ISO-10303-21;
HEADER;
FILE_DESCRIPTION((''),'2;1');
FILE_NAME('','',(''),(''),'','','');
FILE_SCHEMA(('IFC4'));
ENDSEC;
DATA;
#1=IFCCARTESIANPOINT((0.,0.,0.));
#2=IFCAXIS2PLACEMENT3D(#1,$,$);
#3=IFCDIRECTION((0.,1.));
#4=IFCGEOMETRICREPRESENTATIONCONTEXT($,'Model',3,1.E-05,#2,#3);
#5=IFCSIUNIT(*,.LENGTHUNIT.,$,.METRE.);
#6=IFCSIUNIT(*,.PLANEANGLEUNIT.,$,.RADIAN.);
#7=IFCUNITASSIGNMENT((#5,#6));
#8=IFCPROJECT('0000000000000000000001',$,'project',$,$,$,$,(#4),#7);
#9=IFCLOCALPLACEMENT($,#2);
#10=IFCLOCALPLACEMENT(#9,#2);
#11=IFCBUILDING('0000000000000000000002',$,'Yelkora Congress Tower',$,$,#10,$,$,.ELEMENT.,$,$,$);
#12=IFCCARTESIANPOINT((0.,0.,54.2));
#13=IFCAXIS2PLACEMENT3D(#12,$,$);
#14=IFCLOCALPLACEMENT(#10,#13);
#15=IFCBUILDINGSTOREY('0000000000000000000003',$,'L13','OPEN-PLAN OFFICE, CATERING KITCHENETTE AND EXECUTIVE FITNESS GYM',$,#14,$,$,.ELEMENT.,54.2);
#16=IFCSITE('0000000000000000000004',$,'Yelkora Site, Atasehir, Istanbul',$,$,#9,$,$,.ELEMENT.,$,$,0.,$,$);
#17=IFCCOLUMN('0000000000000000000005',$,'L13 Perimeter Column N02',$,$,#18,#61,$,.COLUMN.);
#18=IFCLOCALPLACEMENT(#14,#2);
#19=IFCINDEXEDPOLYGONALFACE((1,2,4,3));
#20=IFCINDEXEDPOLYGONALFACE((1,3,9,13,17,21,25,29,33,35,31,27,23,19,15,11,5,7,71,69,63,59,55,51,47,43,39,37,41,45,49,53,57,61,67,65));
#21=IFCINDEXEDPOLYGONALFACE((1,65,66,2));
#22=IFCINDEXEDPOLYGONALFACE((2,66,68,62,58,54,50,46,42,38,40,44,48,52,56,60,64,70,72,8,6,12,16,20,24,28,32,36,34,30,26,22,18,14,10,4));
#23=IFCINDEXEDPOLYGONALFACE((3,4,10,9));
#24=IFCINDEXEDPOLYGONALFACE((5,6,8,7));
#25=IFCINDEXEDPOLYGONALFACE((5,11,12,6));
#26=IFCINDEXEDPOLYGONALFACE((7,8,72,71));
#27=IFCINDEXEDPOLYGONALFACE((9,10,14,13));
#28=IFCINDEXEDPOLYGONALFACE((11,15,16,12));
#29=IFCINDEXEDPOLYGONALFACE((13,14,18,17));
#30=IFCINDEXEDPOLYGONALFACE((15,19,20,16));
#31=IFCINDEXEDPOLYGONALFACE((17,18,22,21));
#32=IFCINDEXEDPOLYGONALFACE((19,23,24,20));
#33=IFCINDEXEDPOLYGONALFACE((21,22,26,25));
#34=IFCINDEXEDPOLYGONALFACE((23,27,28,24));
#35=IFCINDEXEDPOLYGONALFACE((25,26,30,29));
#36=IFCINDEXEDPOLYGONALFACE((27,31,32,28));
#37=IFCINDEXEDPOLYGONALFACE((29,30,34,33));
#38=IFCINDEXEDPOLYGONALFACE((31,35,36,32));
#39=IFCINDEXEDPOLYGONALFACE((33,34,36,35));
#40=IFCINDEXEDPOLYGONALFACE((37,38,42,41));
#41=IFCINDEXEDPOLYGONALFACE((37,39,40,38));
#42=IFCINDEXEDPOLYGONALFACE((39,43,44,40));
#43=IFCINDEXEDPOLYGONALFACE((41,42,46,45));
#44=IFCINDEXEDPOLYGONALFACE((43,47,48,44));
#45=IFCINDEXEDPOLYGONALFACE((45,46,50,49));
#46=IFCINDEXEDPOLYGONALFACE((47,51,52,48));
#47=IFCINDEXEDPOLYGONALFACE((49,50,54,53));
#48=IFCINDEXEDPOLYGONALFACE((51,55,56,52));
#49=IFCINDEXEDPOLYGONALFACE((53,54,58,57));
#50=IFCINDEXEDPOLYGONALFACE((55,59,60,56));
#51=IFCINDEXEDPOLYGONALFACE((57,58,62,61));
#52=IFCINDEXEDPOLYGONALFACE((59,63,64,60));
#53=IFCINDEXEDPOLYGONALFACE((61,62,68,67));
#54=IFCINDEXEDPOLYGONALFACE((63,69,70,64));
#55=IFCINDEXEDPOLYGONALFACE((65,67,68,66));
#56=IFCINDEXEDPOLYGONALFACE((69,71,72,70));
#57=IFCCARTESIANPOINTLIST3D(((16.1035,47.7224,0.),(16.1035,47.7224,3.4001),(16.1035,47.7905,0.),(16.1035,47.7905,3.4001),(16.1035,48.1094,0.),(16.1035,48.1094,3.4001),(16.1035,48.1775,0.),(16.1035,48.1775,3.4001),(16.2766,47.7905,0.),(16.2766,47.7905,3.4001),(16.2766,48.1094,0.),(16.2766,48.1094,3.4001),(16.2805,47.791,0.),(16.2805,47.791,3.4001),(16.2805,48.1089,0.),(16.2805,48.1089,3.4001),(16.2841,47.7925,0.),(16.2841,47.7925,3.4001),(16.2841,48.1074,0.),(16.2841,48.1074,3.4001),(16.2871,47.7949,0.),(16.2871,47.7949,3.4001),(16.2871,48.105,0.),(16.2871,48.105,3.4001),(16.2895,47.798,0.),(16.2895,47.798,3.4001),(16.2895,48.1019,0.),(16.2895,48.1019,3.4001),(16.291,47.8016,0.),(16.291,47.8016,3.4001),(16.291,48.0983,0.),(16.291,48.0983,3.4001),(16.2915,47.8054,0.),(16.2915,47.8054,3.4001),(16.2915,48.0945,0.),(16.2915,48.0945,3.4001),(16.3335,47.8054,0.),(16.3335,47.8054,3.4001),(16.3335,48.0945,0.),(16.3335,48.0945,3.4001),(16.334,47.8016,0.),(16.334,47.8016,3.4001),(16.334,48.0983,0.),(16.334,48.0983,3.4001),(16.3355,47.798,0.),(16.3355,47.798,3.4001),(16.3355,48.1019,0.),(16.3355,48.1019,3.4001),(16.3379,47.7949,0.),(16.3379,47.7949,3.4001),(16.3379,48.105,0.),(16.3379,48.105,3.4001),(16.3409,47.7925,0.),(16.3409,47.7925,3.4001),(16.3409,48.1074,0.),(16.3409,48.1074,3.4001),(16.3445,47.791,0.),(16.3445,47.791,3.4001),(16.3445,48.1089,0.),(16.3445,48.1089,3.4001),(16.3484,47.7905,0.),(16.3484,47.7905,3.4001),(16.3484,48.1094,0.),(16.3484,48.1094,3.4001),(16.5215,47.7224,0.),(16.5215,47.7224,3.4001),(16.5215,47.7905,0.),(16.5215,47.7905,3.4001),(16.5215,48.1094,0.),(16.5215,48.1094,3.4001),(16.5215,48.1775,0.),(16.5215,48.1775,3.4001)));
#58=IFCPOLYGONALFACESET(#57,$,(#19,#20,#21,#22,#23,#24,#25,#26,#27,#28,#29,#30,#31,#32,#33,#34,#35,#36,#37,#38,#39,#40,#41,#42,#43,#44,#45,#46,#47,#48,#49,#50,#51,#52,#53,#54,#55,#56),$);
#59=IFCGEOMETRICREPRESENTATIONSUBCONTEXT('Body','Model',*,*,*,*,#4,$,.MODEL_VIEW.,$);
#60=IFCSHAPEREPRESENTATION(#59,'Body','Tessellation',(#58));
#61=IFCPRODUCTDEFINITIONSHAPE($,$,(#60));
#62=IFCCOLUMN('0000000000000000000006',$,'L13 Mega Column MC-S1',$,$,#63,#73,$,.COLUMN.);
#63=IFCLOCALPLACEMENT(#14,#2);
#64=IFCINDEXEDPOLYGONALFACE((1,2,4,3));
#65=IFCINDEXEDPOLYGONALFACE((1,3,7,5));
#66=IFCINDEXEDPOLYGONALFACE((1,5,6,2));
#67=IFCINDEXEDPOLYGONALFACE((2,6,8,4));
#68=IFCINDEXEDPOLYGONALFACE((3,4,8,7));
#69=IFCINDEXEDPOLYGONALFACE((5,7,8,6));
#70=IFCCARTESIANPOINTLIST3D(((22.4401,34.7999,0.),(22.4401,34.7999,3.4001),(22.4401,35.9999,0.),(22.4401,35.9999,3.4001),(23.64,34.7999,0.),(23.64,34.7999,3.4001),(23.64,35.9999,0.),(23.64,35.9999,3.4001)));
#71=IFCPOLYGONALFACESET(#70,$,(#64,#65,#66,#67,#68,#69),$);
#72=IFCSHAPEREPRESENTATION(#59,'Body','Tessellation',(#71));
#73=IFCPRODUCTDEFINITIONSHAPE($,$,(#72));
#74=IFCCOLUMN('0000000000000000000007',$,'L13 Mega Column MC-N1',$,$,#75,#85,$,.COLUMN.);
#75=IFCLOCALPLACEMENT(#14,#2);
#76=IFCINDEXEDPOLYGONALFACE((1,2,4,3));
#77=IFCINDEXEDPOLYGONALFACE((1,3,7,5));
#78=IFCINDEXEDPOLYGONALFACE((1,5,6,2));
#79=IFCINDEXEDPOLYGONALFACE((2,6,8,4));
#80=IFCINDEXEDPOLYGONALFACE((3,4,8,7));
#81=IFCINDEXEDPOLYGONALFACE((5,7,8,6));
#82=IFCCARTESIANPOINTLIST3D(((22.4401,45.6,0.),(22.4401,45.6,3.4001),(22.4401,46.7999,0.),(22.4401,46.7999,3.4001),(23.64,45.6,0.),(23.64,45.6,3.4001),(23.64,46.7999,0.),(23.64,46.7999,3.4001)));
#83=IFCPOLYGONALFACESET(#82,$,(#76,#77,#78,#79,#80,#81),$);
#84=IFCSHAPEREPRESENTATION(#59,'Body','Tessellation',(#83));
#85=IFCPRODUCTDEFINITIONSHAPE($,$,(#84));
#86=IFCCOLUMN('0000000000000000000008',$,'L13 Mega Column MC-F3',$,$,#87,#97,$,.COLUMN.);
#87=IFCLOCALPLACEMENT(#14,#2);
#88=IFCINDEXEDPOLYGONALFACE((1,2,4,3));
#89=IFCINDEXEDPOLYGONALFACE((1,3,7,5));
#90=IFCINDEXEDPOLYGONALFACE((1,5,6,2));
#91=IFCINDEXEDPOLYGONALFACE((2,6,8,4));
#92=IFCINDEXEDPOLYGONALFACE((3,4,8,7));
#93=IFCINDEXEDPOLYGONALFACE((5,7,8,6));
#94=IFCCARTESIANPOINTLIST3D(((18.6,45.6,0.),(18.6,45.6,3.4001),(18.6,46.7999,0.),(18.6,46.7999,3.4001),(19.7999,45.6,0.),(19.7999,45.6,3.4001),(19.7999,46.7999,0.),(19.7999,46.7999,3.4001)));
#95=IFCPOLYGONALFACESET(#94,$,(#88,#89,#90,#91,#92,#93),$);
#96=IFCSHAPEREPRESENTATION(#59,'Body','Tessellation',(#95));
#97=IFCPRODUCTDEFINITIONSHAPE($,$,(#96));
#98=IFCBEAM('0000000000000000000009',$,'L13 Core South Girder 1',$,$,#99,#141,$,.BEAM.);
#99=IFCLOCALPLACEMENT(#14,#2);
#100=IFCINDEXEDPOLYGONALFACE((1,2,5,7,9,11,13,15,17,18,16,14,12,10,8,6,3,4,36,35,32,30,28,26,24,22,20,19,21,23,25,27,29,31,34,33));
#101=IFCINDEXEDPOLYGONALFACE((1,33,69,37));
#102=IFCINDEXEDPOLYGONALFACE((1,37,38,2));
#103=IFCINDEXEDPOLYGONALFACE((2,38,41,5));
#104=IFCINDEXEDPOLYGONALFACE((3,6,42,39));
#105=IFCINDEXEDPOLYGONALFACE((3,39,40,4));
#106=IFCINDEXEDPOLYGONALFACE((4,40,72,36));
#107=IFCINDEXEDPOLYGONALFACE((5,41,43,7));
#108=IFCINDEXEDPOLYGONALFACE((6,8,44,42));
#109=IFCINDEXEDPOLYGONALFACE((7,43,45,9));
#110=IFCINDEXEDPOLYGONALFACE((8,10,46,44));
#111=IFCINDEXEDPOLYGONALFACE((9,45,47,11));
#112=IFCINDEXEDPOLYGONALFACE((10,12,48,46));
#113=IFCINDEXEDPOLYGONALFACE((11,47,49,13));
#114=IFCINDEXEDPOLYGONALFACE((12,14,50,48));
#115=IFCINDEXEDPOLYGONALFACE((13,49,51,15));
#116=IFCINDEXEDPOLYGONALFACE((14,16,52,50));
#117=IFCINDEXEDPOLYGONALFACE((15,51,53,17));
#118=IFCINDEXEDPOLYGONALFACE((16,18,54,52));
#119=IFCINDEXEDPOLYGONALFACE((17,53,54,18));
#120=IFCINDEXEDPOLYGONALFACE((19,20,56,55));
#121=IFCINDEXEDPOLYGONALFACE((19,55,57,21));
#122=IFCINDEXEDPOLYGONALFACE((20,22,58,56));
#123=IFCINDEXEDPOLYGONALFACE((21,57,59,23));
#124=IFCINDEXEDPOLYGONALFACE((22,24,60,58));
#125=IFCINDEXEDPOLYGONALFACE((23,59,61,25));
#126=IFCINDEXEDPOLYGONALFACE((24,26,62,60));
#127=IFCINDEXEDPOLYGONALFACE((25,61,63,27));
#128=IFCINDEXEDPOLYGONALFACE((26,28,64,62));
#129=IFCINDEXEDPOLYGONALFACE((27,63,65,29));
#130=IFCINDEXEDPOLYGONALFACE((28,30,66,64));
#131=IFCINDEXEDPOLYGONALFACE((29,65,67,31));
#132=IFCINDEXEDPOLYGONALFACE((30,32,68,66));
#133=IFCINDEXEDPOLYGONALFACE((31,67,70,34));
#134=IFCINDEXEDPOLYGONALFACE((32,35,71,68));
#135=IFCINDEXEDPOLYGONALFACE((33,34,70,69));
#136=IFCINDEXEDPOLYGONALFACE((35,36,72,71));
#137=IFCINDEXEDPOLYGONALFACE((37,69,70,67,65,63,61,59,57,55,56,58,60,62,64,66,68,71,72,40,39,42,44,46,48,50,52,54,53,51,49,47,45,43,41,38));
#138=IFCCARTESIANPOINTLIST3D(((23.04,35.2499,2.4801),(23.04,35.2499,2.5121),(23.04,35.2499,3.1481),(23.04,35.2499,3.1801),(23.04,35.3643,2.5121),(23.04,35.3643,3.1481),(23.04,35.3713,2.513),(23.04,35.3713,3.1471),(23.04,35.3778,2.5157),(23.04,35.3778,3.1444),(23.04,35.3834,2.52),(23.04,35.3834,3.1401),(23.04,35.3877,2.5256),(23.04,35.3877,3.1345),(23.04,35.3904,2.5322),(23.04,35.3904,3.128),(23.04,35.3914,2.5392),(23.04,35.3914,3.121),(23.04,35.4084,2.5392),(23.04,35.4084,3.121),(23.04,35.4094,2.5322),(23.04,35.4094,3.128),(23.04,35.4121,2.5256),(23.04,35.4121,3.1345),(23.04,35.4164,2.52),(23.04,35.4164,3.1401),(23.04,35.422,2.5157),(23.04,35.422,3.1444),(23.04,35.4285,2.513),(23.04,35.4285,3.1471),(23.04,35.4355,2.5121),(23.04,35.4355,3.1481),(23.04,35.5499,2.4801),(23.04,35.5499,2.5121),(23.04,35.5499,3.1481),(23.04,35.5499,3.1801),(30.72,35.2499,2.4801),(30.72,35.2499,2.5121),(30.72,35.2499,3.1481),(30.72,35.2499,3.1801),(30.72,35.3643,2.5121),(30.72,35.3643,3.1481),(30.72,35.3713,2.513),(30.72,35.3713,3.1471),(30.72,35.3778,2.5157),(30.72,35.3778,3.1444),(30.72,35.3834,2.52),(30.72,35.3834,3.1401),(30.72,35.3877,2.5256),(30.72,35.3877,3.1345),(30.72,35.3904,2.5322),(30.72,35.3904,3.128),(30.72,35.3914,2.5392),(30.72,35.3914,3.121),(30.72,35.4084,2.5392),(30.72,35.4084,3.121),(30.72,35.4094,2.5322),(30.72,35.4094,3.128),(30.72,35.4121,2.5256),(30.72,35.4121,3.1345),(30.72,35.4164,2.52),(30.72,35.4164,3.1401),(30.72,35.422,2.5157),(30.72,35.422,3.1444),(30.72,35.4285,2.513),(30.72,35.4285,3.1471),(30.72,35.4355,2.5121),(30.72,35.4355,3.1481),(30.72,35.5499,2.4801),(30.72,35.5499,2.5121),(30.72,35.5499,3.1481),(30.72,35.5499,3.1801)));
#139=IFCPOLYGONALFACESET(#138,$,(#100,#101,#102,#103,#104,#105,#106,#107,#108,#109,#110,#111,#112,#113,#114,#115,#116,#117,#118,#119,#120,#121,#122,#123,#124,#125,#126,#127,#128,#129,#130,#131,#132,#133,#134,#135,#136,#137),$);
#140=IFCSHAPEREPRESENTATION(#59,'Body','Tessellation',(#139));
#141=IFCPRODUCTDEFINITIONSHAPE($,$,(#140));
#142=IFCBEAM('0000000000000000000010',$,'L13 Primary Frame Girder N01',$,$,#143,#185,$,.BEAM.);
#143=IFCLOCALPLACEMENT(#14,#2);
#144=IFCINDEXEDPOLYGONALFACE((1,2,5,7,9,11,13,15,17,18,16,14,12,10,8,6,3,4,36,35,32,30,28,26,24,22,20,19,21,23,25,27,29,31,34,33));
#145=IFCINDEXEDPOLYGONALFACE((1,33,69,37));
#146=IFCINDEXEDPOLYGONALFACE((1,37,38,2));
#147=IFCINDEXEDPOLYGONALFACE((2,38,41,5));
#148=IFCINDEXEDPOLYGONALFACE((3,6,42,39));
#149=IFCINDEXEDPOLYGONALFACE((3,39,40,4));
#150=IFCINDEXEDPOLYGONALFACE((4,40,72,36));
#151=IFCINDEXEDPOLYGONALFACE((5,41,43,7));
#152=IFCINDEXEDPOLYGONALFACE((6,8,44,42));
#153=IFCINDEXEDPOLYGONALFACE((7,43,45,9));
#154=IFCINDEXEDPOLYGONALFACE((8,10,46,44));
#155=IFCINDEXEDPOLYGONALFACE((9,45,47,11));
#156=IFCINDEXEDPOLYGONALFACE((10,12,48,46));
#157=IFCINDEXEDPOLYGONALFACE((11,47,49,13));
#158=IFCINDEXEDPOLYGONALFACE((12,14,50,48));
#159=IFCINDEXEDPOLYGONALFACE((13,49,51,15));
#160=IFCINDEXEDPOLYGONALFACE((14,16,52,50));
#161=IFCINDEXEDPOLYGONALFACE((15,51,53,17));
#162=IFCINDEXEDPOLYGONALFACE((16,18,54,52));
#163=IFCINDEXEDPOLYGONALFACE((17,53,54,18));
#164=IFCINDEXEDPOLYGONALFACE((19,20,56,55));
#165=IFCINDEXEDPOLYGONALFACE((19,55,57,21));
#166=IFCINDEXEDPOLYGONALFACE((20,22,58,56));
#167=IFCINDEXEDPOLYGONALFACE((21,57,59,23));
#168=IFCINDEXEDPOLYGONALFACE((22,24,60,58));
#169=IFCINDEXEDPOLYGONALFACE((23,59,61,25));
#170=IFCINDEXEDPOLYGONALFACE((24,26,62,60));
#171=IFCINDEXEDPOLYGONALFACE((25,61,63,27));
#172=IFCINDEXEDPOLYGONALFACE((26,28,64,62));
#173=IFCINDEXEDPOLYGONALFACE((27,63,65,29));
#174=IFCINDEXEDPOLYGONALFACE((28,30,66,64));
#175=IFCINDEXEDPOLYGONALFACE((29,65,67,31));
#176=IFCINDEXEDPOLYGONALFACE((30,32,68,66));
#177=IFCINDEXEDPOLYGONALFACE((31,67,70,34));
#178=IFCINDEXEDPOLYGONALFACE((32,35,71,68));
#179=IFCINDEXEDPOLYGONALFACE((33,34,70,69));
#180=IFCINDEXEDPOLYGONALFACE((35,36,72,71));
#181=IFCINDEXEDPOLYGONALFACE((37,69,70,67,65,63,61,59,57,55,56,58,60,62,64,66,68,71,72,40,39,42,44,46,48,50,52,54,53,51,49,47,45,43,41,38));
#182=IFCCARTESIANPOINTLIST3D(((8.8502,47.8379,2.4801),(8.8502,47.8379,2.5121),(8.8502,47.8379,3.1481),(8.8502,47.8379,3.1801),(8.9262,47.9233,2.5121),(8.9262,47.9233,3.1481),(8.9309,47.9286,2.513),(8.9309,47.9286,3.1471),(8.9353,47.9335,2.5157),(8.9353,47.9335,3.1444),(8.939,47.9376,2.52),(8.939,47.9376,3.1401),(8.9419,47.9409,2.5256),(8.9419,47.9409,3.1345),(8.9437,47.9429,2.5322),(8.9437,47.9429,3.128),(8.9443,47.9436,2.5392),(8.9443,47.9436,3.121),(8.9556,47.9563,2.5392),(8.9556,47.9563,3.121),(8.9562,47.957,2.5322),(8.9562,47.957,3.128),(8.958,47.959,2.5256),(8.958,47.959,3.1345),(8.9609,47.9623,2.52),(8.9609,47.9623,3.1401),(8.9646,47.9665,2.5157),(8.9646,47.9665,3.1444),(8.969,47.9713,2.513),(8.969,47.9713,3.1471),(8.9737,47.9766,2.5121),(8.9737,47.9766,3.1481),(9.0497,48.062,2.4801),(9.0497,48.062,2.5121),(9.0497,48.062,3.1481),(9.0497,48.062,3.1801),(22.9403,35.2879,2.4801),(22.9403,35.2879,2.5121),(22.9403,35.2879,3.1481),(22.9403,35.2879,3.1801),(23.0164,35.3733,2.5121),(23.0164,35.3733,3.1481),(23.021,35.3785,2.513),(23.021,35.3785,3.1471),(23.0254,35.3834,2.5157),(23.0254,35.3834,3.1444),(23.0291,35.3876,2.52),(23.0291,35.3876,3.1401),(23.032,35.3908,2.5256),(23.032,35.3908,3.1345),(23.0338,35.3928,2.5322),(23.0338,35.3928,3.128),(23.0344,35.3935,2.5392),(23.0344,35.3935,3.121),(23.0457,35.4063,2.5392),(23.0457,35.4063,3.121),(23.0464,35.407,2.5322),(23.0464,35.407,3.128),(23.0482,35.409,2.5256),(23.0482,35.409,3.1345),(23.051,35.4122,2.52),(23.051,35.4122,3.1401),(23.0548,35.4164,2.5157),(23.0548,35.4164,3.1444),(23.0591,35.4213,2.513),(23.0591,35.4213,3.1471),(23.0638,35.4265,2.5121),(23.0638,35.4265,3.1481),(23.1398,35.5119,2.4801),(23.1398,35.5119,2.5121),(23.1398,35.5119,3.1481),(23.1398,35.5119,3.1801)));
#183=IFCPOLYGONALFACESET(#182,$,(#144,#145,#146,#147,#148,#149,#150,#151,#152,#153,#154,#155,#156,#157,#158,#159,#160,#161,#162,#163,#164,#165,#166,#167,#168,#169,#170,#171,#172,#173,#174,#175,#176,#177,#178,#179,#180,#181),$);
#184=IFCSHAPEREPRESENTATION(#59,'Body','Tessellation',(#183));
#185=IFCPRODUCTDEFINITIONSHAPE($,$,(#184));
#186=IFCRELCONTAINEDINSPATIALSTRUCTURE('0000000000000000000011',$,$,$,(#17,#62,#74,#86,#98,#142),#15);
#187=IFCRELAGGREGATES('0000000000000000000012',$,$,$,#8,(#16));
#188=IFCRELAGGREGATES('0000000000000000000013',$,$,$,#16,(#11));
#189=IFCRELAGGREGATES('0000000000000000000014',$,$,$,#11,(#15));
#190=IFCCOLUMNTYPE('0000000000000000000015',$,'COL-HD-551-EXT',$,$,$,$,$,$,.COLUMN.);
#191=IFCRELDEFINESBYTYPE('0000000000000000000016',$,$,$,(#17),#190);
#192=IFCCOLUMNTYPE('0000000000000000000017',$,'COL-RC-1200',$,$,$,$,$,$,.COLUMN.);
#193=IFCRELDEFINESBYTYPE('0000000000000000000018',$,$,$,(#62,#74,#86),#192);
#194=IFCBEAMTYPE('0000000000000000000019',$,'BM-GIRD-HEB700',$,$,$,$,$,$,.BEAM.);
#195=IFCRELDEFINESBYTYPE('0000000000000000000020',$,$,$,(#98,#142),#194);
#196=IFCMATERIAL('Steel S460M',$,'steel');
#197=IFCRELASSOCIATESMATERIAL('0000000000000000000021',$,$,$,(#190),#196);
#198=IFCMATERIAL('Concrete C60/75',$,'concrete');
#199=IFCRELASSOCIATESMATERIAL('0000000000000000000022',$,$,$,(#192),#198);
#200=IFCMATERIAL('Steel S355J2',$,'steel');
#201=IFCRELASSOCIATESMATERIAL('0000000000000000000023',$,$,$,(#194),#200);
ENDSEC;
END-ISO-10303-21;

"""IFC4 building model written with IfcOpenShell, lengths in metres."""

from ifc_helpers import new_model, si_unit, direction, frame, origin, origin_2d, place, context, subcontext, project, spatial, rectangle, i_section, extrude, material, material_profile, profile_set, type_object, element, save


model = new_model("IFC4")

# Units and contexts
model_context = context("Model", 3, precision=1e-05, world=origin(), true_north=direction((0.0, 1.0)))
body_context = subcontext(model_context, "Body", "Model", "MODEL_VIEW")
ifc_project = project(units=[si_unit("LENGTHUNIT", "METRE"), si_unit("PLANEANGLEUNIT", "RADIAN")], contexts=[model_context])

# Site, building, storey
site_placement = place(None, origin())
site = spatial("IfcSite", under=ifc_project, at=site_placement, Name="Yelkora Site, Atasehir, Istanbul", CompositionType="ELEMENT", RefElevation=0.0)
building_placement = place(site_placement, origin())
building = spatial("IfcBuilding", under=site, at=building_placement, Name="Yelkora Congress Tower", CompositionType="ELEMENT")
storey_placement = place(building_placement, frame((0.0, 0.0, 54.2)))
storey = spatial("IfcBuildingStorey", under=building, at=storey_placement, Name="L13", Description="OPEN-PLAN OFFICE, CATERING KITCHENETTE AND EXECUTIVE FITNESS GYM", CompositionType="ELEMENT", Elevation=54.2)

# Columns
ifc_material_1 = material(Name="Steel S460M", Category="steel")
ifc_material_profile_1 = material_profile(ifc_material_1, i_section(OverallWidth=0.418, OverallDepth=0.4551, WebThickness=0.042, FlangeThickness=0.0681, FilletRadius=0.0149, at=origin_2d()), Name="HD 400x551")
ifc_profile_set_1 = profile_set([ifc_material_profile_1], Name="Steel S460M")
column_type_1 = type_object("IfcColumnType", Name="COL-HD-551-EXT", PredefinedType="COLUMN", material=ifc_profile_set_1)
column_placement = place(storey_placement, frame((16.3125, 47.95, 0.0), z_axis=(0.0, 0.0, 1.0), x_axis=(1.0, 0.0, 0.0)))
element("IfcColumn", 1, at=column_placement, inside=storey, type_object=column_type_1, Name="L13 Perimeter Column N02", PredefinedType="COLUMN", context=body_context, shape_type="SweptSolid", body=[
    extrude(i_section(OverallWidth=0.418, OverallDepth=0.4551, WebThickness=0.042, FlangeThickness=0.0681, FilletRadius=0.0149, at=origin_2d()), origin(), (0.0, 0.0, 1.0), 3.4001),
])
ifc_material_2 = material(Name="Concrete C60/75", Category="concrete")
ifc_material_profile_2 = material_profile(ifc_material_2, rectangle(XDim=1.2, YDim=1.2, at=origin_2d()), Name="RC 1200x1200")
ifc_profile_set_2 = profile_set([ifc_material_profile_2], Name="Concrete C60/75")
column_type_2 = type_object("IfcColumnType", Name="COL-RC-1200", PredefinedType="COLUMN", material=ifc_profile_set_2)
for number, where, z_axis, x_axis, name in (
    (2, (23.04, 35.3999, 0.0), (0.0, 0.0, 1.0), (1.0, 0.0, 0.0), "L13 Mega Column MC-S1"),
    (3, (23.04, 46.2, 0.0), (0.0, 0.0, 1.0), (1.0, 0.0, 0.0), "L13 Mega Column MC-N1"),
    (4, (19.2, 46.2, 0.0), (0.0, 0.0, 1.0), (1.0, 0.0, 0.0), "L13 Mega Column MC-F3"),
):
    element("IfcColumn", number, at=place(storey_placement, frame(where, z_axis=z_axis, x_axis=x_axis)), inside=storey, type_object=column_type_2, Name=name, PredefinedType="COLUMN", context=body_context, shape_type="SweptSolid", body=[
        extrude(rectangle(XDim=1.2, YDim=1.2, at=origin_2d()), origin(), (0.0, 0.0, 1.0), 3.4001),
    ])

# Beams
ifc_material_3 = material(Name="Steel S355J2", Category="steel")
ifc_material_profile_3 = material_profile(ifc_material_3, i_section(OverallWidth=0.3, OverallDepth=0.7, WebThickness=0.0171, FlangeThickness=0.032, FilletRadius=0.0271, at=origin_2d()), Name="HEB 700")
ifc_profile_set_3 = profile_set([ifc_material_profile_3], Name="Steel S355J2")
beam_type_1 = type_object("IfcBeamType", Name="BM-GIRD-HEB700", PredefinedType="BEAM", material=ifc_profile_set_3)
beam_1_placement = place(storey_placement, frame((23.04, 35.3999, 2.8301), z_axis=(1.0, 0.0, 0.0), x_axis=(0.0, 1.0, 0.0)))
element("IfcBeam", 5, at=beam_1_placement, inside=storey, type_object=beam_type_1, Name="L13 Core South Girder 1", PredefinedType="BEAM", context=body_context, shape_type="SweptSolid", body=[
    extrude(i_section(OverallWidth=0.3, OverallDepth=0.7, WebThickness=0.0171, FlangeThickness=0.032, FilletRadius=0.0271, at=origin_2d()), origin(), (0.0, 0.0, 1.0), 7.6799),
])
beam_2_placement = place(storey_placement, frame((8.95, 47.95, 2.8301), z_axis=(0.746737, -0.665119, 0.0), x_axis=(0.665119, 0.746737, 0.0)))
element("IfcBeam", 6, at=beam_2_placement, inside=storey, type_object=beam_type_1, Name="L13 Primary Frame Girder N01", PredefinedType="BEAM", context=body_context, shape_type="SweptSolid", body=[
    extrude(i_section(OverallWidth=0.3, OverallDepth=0.7, WebThickness=0.0171, FlangeThickness=0.032, FilletRadius=0.0271, at=origin_2d()), origin(), (0.0, 0.0, 1.0), 18.8689),
])

save(model, "model.ifc")
